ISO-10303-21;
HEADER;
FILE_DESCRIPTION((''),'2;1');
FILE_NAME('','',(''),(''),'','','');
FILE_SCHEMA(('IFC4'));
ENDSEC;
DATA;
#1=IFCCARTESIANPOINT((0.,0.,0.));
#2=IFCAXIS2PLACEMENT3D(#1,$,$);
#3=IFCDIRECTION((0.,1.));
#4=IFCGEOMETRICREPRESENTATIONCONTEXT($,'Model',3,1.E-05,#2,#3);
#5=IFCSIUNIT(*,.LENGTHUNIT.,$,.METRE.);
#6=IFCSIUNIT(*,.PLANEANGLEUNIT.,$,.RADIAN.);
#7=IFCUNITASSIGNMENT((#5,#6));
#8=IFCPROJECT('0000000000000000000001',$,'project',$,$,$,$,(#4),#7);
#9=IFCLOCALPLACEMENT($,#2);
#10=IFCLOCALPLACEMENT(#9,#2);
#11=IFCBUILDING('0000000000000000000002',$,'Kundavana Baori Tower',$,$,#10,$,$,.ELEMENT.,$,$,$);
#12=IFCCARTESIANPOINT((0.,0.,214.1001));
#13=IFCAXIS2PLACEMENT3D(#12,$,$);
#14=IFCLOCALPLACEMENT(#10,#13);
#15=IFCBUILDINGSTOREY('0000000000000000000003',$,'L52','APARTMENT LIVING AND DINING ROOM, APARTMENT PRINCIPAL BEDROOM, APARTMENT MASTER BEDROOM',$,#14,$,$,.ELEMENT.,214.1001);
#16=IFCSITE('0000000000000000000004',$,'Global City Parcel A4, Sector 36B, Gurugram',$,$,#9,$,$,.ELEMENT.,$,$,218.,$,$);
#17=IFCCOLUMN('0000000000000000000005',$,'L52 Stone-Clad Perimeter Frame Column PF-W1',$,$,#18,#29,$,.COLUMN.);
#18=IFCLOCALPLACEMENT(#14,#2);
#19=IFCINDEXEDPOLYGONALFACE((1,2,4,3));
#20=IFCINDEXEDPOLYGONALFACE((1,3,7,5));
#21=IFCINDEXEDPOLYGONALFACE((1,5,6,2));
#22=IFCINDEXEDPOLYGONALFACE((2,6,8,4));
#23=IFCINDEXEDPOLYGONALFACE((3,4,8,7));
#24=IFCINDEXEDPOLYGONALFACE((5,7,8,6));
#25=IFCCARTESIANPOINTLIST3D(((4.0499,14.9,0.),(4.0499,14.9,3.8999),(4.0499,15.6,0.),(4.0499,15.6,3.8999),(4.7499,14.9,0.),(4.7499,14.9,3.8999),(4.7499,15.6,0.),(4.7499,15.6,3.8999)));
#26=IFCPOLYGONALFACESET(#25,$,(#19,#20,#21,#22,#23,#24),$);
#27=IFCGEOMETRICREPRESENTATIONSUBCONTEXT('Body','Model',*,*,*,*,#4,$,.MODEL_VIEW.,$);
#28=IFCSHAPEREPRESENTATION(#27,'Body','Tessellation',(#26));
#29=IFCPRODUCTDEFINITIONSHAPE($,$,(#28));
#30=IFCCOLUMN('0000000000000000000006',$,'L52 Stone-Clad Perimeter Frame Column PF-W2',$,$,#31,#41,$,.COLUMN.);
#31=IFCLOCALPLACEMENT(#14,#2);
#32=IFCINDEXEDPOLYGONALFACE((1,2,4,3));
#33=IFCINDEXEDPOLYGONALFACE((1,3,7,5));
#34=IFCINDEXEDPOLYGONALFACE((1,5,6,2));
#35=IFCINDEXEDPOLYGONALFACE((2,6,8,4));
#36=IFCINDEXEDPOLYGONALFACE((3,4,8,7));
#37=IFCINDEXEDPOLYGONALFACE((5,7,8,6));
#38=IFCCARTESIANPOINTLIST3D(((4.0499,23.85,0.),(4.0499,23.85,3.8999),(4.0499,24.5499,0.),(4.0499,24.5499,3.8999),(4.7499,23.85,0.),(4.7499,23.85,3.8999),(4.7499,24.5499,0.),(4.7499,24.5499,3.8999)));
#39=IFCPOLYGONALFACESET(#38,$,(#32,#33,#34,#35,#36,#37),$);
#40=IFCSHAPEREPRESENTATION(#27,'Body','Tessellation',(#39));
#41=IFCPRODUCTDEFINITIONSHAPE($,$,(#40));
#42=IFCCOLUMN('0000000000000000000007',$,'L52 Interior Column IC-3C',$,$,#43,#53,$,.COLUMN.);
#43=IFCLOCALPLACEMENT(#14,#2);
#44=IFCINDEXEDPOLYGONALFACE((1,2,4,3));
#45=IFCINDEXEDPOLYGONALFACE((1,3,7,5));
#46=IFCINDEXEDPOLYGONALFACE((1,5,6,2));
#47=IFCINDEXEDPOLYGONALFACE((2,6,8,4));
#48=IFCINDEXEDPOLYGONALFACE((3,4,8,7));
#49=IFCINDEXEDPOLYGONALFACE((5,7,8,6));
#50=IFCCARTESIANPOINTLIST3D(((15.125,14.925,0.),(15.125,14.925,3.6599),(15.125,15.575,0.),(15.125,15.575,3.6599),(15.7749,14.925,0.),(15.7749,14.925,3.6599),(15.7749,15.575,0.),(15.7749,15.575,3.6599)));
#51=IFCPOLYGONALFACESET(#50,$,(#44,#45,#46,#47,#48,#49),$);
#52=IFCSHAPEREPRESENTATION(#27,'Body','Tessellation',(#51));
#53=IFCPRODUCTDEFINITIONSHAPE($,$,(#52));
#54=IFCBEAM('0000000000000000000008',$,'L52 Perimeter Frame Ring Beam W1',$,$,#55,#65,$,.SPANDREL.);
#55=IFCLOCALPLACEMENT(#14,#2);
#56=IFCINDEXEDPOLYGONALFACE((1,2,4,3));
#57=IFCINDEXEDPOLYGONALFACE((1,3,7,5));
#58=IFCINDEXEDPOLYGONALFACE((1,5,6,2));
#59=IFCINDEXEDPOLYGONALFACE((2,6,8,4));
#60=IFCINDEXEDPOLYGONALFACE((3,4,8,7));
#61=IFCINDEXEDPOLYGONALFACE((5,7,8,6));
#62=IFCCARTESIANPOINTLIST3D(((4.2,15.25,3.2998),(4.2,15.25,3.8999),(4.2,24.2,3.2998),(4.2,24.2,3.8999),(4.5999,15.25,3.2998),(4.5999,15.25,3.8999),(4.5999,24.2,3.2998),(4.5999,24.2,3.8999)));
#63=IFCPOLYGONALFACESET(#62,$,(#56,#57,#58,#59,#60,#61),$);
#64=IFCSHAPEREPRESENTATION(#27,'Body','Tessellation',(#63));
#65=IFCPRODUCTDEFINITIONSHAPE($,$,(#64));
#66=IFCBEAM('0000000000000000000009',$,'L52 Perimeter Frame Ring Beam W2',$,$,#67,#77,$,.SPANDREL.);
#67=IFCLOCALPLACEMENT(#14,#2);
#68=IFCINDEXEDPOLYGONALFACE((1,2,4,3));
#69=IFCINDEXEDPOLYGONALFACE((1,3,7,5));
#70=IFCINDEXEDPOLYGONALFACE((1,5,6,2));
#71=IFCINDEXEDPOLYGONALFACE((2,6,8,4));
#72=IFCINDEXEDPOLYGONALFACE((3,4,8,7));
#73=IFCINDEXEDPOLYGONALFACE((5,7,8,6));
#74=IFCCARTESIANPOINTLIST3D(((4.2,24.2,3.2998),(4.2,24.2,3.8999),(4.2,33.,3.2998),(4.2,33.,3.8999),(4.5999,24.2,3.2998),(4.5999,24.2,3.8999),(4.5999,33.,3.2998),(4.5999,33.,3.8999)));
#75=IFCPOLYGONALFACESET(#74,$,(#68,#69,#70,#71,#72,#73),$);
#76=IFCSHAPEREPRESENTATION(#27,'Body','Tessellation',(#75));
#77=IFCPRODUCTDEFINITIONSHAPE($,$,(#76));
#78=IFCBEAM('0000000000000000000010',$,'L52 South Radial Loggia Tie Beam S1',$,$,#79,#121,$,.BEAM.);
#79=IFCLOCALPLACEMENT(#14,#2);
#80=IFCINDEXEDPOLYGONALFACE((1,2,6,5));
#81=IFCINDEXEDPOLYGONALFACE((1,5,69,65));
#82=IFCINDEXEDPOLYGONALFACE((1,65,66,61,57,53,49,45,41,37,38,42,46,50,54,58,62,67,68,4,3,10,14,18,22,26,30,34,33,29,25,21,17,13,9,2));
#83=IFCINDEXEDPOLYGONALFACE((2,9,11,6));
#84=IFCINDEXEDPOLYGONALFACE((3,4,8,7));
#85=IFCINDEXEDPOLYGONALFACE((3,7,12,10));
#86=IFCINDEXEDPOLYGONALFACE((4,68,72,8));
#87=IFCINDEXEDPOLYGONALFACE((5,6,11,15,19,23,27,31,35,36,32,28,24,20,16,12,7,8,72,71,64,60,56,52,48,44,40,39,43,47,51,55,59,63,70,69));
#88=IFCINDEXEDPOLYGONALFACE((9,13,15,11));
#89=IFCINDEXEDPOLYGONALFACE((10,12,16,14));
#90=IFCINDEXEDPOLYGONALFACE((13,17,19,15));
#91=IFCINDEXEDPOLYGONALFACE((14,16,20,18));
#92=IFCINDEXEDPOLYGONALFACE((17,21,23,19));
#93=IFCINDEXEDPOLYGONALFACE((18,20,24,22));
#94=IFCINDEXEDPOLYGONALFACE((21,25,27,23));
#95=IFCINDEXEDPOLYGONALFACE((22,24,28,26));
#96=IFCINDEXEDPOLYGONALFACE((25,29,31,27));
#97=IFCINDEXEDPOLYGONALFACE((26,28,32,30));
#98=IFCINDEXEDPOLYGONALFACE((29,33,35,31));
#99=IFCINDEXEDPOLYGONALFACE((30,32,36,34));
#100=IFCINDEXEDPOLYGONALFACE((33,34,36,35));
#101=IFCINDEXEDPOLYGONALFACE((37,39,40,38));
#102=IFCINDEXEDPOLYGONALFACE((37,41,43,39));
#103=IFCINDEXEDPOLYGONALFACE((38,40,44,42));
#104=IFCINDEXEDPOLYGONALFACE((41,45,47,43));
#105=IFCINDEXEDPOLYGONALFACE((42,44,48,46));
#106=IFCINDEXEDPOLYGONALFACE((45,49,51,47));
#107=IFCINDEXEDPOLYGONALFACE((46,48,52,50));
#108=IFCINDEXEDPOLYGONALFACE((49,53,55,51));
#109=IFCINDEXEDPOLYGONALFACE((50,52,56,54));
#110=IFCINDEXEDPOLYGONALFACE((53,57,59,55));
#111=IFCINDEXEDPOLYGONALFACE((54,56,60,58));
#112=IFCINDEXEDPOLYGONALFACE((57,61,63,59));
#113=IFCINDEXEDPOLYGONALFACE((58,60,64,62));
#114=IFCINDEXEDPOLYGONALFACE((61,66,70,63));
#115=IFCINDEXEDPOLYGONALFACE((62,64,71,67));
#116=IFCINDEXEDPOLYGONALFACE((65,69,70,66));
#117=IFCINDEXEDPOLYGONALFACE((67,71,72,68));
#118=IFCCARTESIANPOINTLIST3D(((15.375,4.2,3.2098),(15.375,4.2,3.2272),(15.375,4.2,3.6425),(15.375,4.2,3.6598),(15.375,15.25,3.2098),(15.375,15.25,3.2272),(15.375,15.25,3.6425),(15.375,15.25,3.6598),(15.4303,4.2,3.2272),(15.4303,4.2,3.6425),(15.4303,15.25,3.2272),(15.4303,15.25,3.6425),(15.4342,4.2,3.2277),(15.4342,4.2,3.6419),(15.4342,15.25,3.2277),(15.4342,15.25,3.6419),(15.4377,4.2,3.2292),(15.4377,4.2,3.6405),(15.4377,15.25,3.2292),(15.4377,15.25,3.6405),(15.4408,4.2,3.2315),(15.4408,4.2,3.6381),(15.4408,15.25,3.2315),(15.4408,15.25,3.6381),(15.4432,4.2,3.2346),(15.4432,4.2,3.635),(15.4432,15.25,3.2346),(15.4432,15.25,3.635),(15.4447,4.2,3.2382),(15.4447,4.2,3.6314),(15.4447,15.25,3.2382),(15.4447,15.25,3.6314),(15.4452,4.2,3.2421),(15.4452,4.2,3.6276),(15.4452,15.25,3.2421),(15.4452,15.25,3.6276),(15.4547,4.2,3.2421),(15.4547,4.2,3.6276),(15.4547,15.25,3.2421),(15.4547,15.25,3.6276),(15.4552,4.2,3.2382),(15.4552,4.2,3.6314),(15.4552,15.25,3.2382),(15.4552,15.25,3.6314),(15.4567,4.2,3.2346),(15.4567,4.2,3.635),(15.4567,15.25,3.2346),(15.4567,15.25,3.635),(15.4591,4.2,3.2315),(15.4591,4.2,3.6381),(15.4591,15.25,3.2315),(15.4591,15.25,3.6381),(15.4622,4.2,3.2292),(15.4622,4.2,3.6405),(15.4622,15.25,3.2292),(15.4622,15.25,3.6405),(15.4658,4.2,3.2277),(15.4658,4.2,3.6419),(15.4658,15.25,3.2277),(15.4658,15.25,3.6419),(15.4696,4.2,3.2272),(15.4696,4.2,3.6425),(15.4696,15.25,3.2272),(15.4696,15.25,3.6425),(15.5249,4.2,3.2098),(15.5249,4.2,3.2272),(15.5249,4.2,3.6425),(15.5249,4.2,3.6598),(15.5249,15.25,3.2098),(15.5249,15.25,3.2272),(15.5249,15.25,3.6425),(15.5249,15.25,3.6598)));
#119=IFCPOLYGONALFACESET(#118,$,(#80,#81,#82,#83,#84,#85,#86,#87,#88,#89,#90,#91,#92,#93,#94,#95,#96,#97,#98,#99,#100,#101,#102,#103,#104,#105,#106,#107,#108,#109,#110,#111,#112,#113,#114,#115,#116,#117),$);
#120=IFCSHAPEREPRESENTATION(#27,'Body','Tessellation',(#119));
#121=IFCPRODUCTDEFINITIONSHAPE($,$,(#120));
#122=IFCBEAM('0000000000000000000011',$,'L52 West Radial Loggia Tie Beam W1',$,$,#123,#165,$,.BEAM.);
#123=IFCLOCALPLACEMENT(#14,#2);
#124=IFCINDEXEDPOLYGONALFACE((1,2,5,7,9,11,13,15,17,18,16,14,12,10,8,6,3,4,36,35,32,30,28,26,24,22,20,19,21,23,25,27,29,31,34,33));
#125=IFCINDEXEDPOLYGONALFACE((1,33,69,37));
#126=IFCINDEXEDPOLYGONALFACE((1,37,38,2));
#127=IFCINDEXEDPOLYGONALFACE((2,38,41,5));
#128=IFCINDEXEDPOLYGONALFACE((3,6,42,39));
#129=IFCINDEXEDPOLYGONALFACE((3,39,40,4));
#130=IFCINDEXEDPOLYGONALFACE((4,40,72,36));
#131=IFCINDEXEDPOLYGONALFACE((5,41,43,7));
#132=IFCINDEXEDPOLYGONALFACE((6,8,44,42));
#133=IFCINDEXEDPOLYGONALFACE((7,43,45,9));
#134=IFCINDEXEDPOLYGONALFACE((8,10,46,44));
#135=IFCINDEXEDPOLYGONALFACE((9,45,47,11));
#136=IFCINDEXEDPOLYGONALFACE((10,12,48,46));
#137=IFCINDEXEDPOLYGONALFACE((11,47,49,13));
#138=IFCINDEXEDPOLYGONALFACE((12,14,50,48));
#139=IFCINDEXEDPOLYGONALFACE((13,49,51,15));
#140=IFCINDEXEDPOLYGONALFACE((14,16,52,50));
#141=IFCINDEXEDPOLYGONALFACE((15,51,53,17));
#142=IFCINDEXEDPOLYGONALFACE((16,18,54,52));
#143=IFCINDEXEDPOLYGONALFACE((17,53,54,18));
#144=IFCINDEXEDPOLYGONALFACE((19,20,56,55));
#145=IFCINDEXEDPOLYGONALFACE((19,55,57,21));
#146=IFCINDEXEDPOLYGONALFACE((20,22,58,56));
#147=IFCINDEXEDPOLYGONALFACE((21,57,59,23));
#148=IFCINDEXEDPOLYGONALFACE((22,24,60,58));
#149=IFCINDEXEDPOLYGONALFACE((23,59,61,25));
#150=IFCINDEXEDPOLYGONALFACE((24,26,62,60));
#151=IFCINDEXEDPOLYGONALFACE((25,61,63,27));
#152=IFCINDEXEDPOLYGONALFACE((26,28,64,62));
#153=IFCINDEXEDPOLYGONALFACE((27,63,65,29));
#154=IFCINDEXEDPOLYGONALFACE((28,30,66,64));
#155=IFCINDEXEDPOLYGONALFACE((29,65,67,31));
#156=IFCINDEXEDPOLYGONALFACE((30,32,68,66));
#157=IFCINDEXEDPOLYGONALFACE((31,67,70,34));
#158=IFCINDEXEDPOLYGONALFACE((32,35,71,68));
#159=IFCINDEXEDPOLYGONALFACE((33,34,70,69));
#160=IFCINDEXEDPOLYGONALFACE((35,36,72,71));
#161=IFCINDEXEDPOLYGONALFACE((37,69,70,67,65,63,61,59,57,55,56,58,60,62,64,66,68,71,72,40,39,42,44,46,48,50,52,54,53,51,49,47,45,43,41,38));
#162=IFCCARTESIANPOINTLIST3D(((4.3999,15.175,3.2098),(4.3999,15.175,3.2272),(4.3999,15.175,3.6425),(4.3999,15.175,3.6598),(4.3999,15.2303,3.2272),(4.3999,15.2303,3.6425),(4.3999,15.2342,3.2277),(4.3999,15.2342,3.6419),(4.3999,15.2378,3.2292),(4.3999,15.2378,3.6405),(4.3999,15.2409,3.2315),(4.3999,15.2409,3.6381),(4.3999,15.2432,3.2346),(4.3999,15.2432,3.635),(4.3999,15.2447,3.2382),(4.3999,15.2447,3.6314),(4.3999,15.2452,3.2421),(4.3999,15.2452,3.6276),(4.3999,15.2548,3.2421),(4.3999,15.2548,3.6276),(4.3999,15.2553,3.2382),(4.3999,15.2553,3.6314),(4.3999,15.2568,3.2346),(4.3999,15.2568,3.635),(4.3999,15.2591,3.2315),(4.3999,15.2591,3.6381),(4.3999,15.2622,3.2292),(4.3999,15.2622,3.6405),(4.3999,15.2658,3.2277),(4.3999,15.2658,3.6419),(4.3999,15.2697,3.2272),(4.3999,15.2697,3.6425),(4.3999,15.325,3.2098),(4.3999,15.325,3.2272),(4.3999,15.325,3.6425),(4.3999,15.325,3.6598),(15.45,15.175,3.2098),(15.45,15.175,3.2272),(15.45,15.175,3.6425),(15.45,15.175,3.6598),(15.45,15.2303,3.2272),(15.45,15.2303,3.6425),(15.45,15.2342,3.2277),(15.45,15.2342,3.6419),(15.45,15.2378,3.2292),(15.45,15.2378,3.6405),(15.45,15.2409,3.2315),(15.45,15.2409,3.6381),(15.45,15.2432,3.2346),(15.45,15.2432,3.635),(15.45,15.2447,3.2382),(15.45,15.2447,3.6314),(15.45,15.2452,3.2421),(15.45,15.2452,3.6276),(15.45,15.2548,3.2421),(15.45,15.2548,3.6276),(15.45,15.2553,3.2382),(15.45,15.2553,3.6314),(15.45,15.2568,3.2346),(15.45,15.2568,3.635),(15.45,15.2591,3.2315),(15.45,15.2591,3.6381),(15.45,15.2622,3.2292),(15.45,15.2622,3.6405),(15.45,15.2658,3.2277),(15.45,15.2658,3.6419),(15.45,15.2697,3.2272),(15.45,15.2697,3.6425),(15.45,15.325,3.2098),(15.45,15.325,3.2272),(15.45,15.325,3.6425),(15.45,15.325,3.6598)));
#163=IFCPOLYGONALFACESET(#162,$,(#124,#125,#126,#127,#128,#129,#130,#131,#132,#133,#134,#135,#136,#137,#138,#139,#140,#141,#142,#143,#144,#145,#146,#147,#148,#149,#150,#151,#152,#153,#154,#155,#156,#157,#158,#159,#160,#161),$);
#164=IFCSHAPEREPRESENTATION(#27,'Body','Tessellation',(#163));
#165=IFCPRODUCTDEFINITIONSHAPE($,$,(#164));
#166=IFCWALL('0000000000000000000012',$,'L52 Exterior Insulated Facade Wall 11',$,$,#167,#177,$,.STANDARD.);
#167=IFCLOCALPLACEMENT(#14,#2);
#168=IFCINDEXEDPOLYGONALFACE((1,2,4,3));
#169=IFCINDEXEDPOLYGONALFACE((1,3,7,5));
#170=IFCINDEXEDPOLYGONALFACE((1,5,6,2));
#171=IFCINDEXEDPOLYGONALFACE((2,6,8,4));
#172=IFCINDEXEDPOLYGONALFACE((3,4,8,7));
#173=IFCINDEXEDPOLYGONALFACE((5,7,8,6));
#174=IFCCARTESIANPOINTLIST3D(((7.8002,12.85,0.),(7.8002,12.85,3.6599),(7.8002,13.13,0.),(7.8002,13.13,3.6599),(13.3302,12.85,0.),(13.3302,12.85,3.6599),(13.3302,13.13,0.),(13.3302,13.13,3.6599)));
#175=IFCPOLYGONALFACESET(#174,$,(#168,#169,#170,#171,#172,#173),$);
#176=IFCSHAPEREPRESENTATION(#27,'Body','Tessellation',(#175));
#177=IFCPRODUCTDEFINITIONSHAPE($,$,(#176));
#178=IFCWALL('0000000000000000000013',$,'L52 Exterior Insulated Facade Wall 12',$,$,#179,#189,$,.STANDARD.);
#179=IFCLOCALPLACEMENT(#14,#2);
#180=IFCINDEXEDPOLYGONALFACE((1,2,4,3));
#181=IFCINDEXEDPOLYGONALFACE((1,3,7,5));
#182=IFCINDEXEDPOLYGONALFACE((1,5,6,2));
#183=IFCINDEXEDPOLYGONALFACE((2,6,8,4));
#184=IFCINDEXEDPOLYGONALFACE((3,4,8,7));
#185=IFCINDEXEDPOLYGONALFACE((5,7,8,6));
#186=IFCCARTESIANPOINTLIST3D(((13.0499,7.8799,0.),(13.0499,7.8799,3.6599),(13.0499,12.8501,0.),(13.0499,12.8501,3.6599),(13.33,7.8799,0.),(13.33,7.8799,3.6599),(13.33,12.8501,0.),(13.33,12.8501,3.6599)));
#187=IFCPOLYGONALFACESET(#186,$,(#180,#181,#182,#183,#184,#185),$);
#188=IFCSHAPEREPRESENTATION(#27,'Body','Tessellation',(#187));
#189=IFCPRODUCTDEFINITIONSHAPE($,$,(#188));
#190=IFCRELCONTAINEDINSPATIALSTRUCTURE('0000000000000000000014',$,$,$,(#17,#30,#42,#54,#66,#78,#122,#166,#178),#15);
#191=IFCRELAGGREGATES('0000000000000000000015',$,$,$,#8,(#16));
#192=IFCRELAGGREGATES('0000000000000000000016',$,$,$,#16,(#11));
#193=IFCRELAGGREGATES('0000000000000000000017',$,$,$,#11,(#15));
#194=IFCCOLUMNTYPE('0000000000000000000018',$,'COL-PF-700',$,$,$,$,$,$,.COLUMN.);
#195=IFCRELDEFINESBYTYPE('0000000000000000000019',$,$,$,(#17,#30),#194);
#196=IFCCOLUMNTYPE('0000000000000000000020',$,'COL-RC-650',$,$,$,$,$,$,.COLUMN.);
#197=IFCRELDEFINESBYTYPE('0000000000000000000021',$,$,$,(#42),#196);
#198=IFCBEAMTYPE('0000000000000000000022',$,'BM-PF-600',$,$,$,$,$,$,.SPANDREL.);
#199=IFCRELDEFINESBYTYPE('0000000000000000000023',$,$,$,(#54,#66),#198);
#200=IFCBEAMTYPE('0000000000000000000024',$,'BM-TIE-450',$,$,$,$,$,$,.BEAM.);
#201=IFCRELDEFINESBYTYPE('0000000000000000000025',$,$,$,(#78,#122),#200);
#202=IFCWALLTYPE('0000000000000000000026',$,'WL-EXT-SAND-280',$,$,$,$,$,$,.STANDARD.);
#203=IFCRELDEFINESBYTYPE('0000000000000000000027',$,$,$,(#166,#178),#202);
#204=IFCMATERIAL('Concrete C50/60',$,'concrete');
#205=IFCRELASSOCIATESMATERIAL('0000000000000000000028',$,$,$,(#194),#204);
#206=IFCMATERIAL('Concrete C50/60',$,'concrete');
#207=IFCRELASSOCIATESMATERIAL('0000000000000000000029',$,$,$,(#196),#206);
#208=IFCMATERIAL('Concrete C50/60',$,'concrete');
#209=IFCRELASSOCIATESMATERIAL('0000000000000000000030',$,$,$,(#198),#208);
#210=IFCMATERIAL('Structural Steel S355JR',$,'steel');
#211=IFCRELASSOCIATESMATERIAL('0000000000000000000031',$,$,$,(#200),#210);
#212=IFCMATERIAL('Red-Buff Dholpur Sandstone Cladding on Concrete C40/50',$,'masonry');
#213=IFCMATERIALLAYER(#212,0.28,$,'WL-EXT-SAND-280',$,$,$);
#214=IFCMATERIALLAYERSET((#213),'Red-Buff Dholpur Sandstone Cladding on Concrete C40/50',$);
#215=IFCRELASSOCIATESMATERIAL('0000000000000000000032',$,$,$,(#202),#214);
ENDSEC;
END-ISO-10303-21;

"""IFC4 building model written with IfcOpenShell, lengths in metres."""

from ifc_helpers import new_model, si_unit, direction, frame, frame_2d, origin, origin_2d, place, context, subcontext, project, spatial, rectangle, i_section, extrude, material, layer, layer_set, material_profile, profile_set, type_object, element, save


model = new_model("IFC4")

# Units and contexts
model_context = context("Model", 3, precision=1e-05, world=origin(), true_north=direction((0.0, 1.0)))
body_context = subcontext(model_context, "Body", "Model", "MODEL_VIEW")
ifc_project = project(units=[si_unit("LENGTHUNIT", "METRE"), si_unit("PLANEANGLEUNIT", "RADIAN")], contexts=[model_context])

# Site, building, storey
site_placement = place(None, origin())
site = spatial("IfcSite", under=ifc_project, at=site_placement, Name="Global City Parcel A4, Sector 36B, Gurugram", CompositionType="ELEMENT", RefElevation=218.0)
building_placement = place(site_placement, origin())
building = spatial("IfcBuilding", under=site, at=building_placement, Name="Kundavana Baori Tower", CompositionType="ELEMENT")
storey_placement = place(building_placement, frame((0.0, 0.0, 214.1001)))
storey = spatial("IfcBuildingStorey", under=building, at=storey_placement, Name="L52", Description="APARTMENT LIVING AND DINING ROOM, APARTMENT PRINCIPAL BEDROOM, APARTMENT MASTER BEDROOM", CompositionType="ELEMENT", Elevation=214.1001)

# Columns
ifc_material_1 = material(Name="Concrete C50/60", Category="concrete")
ifc_material_profile_1 = material_profile(ifc_material_1, rectangle(XDim=0.7, YDim=0.7, at=origin_2d()), Name="RC PF 700x700")
ifc_profile_set_1 = profile_set([ifc_material_profile_1], Name="Concrete C50/60")
column_type_1 = type_object("IfcColumnType", Name="COL-PF-700", PredefinedType="COLUMN", material=ifc_profile_set_1)
for number, where, z_axis, x_axis, name in (
    (1, (4.3999, 15.25, 0.0), (0.0, 0.0, 1.0), (1.0, 0.0, 0.0), "L52 Stone-Clad Perimeter Frame Column PF-W1"),
    (2, (4.3999, 24.2, 0.0), (0.0, 0.0, 1.0), (1.0, 0.0, 0.0), "L52 Stone-Clad Perimeter Frame Column PF-W2"),
):
    element("IfcColumn", number, at=place(storey_placement, frame(where, z_axis=z_axis, x_axis=x_axis)), inside=storey, type_object=column_type_1, Name=name, PredefinedType="COLUMN", context=body_context, shape_type="SweptSolid", body=[
        extrude(rectangle(XDim=0.7, YDim=0.7, at=origin_2d()), origin(), (0.0, 0.0, 1.0), 3.8999),
    ])
ifc_material_2 = material(Name="Concrete C50/60", Category="concrete")
ifc_material_profile_2 = material_profile(ifc_material_2, rectangle(XDim=0.6499, YDim=0.6499, at=origin_2d()), Name="RC 650x650")
ifc_profile_set_2 = profile_set([ifc_material_profile_2], Name="Concrete C50/60")
column_type_2 = type_object("IfcColumnType", Name="COL-RC-650", PredefinedType="COLUMN", material=ifc_profile_set_2)
column_placement = place(storey_placement, frame((15.45, 15.25, 0.0), z_axis=(0.0, 0.0, 1.0), x_axis=(1.0, 0.0, 0.0)))
element("IfcColumn", 3, at=column_placement, inside=storey, type_object=column_type_2, Name="L52 Interior Column IC-3C", PredefinedType="COLUMN", context=body_context, shape_type="SweptSolid", body=[
    extrude(rectangle(XDim=0.6499, YDim=0.6499, at=origin_2d()), origin(), (0.0, 0.0, 1.0), 3.6599),
])

# Beams
ifc_material_3 = material(Name="Concrete C50/60", Category="concrete")
ifc_material_profile_3 = material_profile(ifc_material_3, rectangle(XDim=0.3999, YDim=0.6001, at=origin_2d()), Name="RC BM 400x600")
ifc_profile_set_3 = profile_set([ifc_material_profile_3], Name="Concrete C50/60")
beam_type_1 = type_object("IfcBeamType", Name="BM-PF-600", PredefinedType="SPANDREL", material=ifc_profile_set_3)
beam_1_placement = place(storey_placement, frame((4.3999, 15.25, 3.5999), z_axis=(0.0, 1.0, 0.0), x_axis=(-1.0, 0.0, 0.0)))
element("IfcBeam", 4, at=beam_1_placement, inside=storey, type_object=beam_type_1, Name="L52 Perimeter Frame Ring Beam W1", PredefinedType="SPANDREL", context=body_context, shape_type="SweptSolid", body=[
    extrude(rectangle(XDim=0.3999, YDim=0.6001, at=origin_2d()), origin(), (0.0, 0.0, 1.0), 8.95),
])
beam_2_placement = place(storey_placement, frame((4.3999, 24.2, 3.5999), z_axis=(0.0, 1.0, 0.0), x_axis=(-1.0, 0.0, 0.0)))
element("IfcBeam", 5, at=beam_2_placement, inside=storey, type_object=beam_type_1, Name="L52 Perimeter Frame Ring Beam W2", PredefinedType="SPANDREL", context=body_context, shape_type="SweptSolid", body=[
    extrude(rectangle(XDim=0.3999, YDim=0.6001, at=origin_2d()), origin(), (0.0, 0.0, 1.0), 8.8),
])
ifc_material_4 = material(Name="Structural Steel S355JR", Category="steel")
ifc_material_profile_4 = material_profile(ifc_material_4, i_section(OverallWidth=0.1499, OverallDepth=0.45, WebThickness=0.0095, FlangeThickness=0.0173, FilletRadius=0.0149, at=origin_2d()), Name="ISMB 450")
ifc_profile_set_4 = profile_set([ifc_material_profile_4], Name="Structural Steel S355JR")
beam_type_2 = type_object("IfcBeamType", Name="BM-TIE-450", PredefinedType="BEAM", material=ifc_profile_set_4)
for number, where, z_axis, x_axis, name in (
    (6, (15.45, 15.25, 3.4348), (0.0, -1.0, 0.0), (1.0, 0.0, 0.0), "L52 South Radial Loggia Tie Beam S1"),
    (7, (15.45, 15.25, 3.4348), (-1.0, 0.0, 0.0), (0.0, -1.0, 0.0), "L52 West Radial Loggia Tie Beam W1"),
):
    element("IfcBeam", number, at=place(storey_placement, frame(where, z_axis=z_axis, x_axis=x_axis)), inside=storey, type_object=beam_type_2, Name=name, PredefinedType="BEAM", context=body_context, shape_type="SweptSolid", body=[
        extrude(i_section(OverallWidth=0.1499, OverallDepth=0.45, WebThickness=0.0095, FlangeThickness=0.0173, FilletRadius=0.0149, at=origin_2d()), origin(), (0.0, 0.0, 1.0), 11.05),
    ])

# Walls
ifc_material_5 = material(Name="Red-Buff Dholpur Sandstone Cladding on Concrete C40/50", Category="masonry")
ifc_layer_1 = layer(ifc_material_5, 0.28, Name="WL-EXT-SAND-280")
ifc_layer_set_1 = layer_set([ifc_layer_1], Name="Red-Buff Dholpur Sandstone Cladding on Concrete C40/50")
wall_type_1 = type_object("IfcWallType", Name="WL-EXT-SAND-280", PredefinedType="STANDARD", material=ifc_layer_set_1)
wall_1_placement = place(storey_placement, frame((7.8, 12.99, 0.0), z_axis=(0.0, 0.0, 1.0), x_axis=(1.0, 0.0, 0.0)))
element("IfcWall", 8, at=wall_1_placement, inside=storey, type_object=wall_type_1, Name="L52 Exterior Insulated Facade Wall 11", PredefinedType="STANDARD", context=body_context, shape_type="SweptSolid", body=[
    extrude(rectangle(XDim=5.53, YDim=0.28, at=frame_2d((2.7651, 0.0))), origin(), (0.0, 0.0, 1.0), 3.6599),
])
wall_2_placement = place(storey_placement, frame((13.1899, 12.8501, 0.0), z_axis=(0.0, 0.0, 1.0), x_axis=(0.0, -1.0, 0.0)))
element("IfcWall", 9, at=wall_2_placement, inside=storey, type_object=wall_type_1, Name="L52 Exterior Insulated Facade Wall 12", PredefinedType="STANDARD", context=body_context, shape_type="SweptSolid", body=[
    extrude(rectangle(XDim=4.9702, YDim=0.28, at=frame_2d((2.4851, 0.0))), origin(), (0.0, 0.0, 1.0), 3.6599),
])

save(model, "model.ifc")
